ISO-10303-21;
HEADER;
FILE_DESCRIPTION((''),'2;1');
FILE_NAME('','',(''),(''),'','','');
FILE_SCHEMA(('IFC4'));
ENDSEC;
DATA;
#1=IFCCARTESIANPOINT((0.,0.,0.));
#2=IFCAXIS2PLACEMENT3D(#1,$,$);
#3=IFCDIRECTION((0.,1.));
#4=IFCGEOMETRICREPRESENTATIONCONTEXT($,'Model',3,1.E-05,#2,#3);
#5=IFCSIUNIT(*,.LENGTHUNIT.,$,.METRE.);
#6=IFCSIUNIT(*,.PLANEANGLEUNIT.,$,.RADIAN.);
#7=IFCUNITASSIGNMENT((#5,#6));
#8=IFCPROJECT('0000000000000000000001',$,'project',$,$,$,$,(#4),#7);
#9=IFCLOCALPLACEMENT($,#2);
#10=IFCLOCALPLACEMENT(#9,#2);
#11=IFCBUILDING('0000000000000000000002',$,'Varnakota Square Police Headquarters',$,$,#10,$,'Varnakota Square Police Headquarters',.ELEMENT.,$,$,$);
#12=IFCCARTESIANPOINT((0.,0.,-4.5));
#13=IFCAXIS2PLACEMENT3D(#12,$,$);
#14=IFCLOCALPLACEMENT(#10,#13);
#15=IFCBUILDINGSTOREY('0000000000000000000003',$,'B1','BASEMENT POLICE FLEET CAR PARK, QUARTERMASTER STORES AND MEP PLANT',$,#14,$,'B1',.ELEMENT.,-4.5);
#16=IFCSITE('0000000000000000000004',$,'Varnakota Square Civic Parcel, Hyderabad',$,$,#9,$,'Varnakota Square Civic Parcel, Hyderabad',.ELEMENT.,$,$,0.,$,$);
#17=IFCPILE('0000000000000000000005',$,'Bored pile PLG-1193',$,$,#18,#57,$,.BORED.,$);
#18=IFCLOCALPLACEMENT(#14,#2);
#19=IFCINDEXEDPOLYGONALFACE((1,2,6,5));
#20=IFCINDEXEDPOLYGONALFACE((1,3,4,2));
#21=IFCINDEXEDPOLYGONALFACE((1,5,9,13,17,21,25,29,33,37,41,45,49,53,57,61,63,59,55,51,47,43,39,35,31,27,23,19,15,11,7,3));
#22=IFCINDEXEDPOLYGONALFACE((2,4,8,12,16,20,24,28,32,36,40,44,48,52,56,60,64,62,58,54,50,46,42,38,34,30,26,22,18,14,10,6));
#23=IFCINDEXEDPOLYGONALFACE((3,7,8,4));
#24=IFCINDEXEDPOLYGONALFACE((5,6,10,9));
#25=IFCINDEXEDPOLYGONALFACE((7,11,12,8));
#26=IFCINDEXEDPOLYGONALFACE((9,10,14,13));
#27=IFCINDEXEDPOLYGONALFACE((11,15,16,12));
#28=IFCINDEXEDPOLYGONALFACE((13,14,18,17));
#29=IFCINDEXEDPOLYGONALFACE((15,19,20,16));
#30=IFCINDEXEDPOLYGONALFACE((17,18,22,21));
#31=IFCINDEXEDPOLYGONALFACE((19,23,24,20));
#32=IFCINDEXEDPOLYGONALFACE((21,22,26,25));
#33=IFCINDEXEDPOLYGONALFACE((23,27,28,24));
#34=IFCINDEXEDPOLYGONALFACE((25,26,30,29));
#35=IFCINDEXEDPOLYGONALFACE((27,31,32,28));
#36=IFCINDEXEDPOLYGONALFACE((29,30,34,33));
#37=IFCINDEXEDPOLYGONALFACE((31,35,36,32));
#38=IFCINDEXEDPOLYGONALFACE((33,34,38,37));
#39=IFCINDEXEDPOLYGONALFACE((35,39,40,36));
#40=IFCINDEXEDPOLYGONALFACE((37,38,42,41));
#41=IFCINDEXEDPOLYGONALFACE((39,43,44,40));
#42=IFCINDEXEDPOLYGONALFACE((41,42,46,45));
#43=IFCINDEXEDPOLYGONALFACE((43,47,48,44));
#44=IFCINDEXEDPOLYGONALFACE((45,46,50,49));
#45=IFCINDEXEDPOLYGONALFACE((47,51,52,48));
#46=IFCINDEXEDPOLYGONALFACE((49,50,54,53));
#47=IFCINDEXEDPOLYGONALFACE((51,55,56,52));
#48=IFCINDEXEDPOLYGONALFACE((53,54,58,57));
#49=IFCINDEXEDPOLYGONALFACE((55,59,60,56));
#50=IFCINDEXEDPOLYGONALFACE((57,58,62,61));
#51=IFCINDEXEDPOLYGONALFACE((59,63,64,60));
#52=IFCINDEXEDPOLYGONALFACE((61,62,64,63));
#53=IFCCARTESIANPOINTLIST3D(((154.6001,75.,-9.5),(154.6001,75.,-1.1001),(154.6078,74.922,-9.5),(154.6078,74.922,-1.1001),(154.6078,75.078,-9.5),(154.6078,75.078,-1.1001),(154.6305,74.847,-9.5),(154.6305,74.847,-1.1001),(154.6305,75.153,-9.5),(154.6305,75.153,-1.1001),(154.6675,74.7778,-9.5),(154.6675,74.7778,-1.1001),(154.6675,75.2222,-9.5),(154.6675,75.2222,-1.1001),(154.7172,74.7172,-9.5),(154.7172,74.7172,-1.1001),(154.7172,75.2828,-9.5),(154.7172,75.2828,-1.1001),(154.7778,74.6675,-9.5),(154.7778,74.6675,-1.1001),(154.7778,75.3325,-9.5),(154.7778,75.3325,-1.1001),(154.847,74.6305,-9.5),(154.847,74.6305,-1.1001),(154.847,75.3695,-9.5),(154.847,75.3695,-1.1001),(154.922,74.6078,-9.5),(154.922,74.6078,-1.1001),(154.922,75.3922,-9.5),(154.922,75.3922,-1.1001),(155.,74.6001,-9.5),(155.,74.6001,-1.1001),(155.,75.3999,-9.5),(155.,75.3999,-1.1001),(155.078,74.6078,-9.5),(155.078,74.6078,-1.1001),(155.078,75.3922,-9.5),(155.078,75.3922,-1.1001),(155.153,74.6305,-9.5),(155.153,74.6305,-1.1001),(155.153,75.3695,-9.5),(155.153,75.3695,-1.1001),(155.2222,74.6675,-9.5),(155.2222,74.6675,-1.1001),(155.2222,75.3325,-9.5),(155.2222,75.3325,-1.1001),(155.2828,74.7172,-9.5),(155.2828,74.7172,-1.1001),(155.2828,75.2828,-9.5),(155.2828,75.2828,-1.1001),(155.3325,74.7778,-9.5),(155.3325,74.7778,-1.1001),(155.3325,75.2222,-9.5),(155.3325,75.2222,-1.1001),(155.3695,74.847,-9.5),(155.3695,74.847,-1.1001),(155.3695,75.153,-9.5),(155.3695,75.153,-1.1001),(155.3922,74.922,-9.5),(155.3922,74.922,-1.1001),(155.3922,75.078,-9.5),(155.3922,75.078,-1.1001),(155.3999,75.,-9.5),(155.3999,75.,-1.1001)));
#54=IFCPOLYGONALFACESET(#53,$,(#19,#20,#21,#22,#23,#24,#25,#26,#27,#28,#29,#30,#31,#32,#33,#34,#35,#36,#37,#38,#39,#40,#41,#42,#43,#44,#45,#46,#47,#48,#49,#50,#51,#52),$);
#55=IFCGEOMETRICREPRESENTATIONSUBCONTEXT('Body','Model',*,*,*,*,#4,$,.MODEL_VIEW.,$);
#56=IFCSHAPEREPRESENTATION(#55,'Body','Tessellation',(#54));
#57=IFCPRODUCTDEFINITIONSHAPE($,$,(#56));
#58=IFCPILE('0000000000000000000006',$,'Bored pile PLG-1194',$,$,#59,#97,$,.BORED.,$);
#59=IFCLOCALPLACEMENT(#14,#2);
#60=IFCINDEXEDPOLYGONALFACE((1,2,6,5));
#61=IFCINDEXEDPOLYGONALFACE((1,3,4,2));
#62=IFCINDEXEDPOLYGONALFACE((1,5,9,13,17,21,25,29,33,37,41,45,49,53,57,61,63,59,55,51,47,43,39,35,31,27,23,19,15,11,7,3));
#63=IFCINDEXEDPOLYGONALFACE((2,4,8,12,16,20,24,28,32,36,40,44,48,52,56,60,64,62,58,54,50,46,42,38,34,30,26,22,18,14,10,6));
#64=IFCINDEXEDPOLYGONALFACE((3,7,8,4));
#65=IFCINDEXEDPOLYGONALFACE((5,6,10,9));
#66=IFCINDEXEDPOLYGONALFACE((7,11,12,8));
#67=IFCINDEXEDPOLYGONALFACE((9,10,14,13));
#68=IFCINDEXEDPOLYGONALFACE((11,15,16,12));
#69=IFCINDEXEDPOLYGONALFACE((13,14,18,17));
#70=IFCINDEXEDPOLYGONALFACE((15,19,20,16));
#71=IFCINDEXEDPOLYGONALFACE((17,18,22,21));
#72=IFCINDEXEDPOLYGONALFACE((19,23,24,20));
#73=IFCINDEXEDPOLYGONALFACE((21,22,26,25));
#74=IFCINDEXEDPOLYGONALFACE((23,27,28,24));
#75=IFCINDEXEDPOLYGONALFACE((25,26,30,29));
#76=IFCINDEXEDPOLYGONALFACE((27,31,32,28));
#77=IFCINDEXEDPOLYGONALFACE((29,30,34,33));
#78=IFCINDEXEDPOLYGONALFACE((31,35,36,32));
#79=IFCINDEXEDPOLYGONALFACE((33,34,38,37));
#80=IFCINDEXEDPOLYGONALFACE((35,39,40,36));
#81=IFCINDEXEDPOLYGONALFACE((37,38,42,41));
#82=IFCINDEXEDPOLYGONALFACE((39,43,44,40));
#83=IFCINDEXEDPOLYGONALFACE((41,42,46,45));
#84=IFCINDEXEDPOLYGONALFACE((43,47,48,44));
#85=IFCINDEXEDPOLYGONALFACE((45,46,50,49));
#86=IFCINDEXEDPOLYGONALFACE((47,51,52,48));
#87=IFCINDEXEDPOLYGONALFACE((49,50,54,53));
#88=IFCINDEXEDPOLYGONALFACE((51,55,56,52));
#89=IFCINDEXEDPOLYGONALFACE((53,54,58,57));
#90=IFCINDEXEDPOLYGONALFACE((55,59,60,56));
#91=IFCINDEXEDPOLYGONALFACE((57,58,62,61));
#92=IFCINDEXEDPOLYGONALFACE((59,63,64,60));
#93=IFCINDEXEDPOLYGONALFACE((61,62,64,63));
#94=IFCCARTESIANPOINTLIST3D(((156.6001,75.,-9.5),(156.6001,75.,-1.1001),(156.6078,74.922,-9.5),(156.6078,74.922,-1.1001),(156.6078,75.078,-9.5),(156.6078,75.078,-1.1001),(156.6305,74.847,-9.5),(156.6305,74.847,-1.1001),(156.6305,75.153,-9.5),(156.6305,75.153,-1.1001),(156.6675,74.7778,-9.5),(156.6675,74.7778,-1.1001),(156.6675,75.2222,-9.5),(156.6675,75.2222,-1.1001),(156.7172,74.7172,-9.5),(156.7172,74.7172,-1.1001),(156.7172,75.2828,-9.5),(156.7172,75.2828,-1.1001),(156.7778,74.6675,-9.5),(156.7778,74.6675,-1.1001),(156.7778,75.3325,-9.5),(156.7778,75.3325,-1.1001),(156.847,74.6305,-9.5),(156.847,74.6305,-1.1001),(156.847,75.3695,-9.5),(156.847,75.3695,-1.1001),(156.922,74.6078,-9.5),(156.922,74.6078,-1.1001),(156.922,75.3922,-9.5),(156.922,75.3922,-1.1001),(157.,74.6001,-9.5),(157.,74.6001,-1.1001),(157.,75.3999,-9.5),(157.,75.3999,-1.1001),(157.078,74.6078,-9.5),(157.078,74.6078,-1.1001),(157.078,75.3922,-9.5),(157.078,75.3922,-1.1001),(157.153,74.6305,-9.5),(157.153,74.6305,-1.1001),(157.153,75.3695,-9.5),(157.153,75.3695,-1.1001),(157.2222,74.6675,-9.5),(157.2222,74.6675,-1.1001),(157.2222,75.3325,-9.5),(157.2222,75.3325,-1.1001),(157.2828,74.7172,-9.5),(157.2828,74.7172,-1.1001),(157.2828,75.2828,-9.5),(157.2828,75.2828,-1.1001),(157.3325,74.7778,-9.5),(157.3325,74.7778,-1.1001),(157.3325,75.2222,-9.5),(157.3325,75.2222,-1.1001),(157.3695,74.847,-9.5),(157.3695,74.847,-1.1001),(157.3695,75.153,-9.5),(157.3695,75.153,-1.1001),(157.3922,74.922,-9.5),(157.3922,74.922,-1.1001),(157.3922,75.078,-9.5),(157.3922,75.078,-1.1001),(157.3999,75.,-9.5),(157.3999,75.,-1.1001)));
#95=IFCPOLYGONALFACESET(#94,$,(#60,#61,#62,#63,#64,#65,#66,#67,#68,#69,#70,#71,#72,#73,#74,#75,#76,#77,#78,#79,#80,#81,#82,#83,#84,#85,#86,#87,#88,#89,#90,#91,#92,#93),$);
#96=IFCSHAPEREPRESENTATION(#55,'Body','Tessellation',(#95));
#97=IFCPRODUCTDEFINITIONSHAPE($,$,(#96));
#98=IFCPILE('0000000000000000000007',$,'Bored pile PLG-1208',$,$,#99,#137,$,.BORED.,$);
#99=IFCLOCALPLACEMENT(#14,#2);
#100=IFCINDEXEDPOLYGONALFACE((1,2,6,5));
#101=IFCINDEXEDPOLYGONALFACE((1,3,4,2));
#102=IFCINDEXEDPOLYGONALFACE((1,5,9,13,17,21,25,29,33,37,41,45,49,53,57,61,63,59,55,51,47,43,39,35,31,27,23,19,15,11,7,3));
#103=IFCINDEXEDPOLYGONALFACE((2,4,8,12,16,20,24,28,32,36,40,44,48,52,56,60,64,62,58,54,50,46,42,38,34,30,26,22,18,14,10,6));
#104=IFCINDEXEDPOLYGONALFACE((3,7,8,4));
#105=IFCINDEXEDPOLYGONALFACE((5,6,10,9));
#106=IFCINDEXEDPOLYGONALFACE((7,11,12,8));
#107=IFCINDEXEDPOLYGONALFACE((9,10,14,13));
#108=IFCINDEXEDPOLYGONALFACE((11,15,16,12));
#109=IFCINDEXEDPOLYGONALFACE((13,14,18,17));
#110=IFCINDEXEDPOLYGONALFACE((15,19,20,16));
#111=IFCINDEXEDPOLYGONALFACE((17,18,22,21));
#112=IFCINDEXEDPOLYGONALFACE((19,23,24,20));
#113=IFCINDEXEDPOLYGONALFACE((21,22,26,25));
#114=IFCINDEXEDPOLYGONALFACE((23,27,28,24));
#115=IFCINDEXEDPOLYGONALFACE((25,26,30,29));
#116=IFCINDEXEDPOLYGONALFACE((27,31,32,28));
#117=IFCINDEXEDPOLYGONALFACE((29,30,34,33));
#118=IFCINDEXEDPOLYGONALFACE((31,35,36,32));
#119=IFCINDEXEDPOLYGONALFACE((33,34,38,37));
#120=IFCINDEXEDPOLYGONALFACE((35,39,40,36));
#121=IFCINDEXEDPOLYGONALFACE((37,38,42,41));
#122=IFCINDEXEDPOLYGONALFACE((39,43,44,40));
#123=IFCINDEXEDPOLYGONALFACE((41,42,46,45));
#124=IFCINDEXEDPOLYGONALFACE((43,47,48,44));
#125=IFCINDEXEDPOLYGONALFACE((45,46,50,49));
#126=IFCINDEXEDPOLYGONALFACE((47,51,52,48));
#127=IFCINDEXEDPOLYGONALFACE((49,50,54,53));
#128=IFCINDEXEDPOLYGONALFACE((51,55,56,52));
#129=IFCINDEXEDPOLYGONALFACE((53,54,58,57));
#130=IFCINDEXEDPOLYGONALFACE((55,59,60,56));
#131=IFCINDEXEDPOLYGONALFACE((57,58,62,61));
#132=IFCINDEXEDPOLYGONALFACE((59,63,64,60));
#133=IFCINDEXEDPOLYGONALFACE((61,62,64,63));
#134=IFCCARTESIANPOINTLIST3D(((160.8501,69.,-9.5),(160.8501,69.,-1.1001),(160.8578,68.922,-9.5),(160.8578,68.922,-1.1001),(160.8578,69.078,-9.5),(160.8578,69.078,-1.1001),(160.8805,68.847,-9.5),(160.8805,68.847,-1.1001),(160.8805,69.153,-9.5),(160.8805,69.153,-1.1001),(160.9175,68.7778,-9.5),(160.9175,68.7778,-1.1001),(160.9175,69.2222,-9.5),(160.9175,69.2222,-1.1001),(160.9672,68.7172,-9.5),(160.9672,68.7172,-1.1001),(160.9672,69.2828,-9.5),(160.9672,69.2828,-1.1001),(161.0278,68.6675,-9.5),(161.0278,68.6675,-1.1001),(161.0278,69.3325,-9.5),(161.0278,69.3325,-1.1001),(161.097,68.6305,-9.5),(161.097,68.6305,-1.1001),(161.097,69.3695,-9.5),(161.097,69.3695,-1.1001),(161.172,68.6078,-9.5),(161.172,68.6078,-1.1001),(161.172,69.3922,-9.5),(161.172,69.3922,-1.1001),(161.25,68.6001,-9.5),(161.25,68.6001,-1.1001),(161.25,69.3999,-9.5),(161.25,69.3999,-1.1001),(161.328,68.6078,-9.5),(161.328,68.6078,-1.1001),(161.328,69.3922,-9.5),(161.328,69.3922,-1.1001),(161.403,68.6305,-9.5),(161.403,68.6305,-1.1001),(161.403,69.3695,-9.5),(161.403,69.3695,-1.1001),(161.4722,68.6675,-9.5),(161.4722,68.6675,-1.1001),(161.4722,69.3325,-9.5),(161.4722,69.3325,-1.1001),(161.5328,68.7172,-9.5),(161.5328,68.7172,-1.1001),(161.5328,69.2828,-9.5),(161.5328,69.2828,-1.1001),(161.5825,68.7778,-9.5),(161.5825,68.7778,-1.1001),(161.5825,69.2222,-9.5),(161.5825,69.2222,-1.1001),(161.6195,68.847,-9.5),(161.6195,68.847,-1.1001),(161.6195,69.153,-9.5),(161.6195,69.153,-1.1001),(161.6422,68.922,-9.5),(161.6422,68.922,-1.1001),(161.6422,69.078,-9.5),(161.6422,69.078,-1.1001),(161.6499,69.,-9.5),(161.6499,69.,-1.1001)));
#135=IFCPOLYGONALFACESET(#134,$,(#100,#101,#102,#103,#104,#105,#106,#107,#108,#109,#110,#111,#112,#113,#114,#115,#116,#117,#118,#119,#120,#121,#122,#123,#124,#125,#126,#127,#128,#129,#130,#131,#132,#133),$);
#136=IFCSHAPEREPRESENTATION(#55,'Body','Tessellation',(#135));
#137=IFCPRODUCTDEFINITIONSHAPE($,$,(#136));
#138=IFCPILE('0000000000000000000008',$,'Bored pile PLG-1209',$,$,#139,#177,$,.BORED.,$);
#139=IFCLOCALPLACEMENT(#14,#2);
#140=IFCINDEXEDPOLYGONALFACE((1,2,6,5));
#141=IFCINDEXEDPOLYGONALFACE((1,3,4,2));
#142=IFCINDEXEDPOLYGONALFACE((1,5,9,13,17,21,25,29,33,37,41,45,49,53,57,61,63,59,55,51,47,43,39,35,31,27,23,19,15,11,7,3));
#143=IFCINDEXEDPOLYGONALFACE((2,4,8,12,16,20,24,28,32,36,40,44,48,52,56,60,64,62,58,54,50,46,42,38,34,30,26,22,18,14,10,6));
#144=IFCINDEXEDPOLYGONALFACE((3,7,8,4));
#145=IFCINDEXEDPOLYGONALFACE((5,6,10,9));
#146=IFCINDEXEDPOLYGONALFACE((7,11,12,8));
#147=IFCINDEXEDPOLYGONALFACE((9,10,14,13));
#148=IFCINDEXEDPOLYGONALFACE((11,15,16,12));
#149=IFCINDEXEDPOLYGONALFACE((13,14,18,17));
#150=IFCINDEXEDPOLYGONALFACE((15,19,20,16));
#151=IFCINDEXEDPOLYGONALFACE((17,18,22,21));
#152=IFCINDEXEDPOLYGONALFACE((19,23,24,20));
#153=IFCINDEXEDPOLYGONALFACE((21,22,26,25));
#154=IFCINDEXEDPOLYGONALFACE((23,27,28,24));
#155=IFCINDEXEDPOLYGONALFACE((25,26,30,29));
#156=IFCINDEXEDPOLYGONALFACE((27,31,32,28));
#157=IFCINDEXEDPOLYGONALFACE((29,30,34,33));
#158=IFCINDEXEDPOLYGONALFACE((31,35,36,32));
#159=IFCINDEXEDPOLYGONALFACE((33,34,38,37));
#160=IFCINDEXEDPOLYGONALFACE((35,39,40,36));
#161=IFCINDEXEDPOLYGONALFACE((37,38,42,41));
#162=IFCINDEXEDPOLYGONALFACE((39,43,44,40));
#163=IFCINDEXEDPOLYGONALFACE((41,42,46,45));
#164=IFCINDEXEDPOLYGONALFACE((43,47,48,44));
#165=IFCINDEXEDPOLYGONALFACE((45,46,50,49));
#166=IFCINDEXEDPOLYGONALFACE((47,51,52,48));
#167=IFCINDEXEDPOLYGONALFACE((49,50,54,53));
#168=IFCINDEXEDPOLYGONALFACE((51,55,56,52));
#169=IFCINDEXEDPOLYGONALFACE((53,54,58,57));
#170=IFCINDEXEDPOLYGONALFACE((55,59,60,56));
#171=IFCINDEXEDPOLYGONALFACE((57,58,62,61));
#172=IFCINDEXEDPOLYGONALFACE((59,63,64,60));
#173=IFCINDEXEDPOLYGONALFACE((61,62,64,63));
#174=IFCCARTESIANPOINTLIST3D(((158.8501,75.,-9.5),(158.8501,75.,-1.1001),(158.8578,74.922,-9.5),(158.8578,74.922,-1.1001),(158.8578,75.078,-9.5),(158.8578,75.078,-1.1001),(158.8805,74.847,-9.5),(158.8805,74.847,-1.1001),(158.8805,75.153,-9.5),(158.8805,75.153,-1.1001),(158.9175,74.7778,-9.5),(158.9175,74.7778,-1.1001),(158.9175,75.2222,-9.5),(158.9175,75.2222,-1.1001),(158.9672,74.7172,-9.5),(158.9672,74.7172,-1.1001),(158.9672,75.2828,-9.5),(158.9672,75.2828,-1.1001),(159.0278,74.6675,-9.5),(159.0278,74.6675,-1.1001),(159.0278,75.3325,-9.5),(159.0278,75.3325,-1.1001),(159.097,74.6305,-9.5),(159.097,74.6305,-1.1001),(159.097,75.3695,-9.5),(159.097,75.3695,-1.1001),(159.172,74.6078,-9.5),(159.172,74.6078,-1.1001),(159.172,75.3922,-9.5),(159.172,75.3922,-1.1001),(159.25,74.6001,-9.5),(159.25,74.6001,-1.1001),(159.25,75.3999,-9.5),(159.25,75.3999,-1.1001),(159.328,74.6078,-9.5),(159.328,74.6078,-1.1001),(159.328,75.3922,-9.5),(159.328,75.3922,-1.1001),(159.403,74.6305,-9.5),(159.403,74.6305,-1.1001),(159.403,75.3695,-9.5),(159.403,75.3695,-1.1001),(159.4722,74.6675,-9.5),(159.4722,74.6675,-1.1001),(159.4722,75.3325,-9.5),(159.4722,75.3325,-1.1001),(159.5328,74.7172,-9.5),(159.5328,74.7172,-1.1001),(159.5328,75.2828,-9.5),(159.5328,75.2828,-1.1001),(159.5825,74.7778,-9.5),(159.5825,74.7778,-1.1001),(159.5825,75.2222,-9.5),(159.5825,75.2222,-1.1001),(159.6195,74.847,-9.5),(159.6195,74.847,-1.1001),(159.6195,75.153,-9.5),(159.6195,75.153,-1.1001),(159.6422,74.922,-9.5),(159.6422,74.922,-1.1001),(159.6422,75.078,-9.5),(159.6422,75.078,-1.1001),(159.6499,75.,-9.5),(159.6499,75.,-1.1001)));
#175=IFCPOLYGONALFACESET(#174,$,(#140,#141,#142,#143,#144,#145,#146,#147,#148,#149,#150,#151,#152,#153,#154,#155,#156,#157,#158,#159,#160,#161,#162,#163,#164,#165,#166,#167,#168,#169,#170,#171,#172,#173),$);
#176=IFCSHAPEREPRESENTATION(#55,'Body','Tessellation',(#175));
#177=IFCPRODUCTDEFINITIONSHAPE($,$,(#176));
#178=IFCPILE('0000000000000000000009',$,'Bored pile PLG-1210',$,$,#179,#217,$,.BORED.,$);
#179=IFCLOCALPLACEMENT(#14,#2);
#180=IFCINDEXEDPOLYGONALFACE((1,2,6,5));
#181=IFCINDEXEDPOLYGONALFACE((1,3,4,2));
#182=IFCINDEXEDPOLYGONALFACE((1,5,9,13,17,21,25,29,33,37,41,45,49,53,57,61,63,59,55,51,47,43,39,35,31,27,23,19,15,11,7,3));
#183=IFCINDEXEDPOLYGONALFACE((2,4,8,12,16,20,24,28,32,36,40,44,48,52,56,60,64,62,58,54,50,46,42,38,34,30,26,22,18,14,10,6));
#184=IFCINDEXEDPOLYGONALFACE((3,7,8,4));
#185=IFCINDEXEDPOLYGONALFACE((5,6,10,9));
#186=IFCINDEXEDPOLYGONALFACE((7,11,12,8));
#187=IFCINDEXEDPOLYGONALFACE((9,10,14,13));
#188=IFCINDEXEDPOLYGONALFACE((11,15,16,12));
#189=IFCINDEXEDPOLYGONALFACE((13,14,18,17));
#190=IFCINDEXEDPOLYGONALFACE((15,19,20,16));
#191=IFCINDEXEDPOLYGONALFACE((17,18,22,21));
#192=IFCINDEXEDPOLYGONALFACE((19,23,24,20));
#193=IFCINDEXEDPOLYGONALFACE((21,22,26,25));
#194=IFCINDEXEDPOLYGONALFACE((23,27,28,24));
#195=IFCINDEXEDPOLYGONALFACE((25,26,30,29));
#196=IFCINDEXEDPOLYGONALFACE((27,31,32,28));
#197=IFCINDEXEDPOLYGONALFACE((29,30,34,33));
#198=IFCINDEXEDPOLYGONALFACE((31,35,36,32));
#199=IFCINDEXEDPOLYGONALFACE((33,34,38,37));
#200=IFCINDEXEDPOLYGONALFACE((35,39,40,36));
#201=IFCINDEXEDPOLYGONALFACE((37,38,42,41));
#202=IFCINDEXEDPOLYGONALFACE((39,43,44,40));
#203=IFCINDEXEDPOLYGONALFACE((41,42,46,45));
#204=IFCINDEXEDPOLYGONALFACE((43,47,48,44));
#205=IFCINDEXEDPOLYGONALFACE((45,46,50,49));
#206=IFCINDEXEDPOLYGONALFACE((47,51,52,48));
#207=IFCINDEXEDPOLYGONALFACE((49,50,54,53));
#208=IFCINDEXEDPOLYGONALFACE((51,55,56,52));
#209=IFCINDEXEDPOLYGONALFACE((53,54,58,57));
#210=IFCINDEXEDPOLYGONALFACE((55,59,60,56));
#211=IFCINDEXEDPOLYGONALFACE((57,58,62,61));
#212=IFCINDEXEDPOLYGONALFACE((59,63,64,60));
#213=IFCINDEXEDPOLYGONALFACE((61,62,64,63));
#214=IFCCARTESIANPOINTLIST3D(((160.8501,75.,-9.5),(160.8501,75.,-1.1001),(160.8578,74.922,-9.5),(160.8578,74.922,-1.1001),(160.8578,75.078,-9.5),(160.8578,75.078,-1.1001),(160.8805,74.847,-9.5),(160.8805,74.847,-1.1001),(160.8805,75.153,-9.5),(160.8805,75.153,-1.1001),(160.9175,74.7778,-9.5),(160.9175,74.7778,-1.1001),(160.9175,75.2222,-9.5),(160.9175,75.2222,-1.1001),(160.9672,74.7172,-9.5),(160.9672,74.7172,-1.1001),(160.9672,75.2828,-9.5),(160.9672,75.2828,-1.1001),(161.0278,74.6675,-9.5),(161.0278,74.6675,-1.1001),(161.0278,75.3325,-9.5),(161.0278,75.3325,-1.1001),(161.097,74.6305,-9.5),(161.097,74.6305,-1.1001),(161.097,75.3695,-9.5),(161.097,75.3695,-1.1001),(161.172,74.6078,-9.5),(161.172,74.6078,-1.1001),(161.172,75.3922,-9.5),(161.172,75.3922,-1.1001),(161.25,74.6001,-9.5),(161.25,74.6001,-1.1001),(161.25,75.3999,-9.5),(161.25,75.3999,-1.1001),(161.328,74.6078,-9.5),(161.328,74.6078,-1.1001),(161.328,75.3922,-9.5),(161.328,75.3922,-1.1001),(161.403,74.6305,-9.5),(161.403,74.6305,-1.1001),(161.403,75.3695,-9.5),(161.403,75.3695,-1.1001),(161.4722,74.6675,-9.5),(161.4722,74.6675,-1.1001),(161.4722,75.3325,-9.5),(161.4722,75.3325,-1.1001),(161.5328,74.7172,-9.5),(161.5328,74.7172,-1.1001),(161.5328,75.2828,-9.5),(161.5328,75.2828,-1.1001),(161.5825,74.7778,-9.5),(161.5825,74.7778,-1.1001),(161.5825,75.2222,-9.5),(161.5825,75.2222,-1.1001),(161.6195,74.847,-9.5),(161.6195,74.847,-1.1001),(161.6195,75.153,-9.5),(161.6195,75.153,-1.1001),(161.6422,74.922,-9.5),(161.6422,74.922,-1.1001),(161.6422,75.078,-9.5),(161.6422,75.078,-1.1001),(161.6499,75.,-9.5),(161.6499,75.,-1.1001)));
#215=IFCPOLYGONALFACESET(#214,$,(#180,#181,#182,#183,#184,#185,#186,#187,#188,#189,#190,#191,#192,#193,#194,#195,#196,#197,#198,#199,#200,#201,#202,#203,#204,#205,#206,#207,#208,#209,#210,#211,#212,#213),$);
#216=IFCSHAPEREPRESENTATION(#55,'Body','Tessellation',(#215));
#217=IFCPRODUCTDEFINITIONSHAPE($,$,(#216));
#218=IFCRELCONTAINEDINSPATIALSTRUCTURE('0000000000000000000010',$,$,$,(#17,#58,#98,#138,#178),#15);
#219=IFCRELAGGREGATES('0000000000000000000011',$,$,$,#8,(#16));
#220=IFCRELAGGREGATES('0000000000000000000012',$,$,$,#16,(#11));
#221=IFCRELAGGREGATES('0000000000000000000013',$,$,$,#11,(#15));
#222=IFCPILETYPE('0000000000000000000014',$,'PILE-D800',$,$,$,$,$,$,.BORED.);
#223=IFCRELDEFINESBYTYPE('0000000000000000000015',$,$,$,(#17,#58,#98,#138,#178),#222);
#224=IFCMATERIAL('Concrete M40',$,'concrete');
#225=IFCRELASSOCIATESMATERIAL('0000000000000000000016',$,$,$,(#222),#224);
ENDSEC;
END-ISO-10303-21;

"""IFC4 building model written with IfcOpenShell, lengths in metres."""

from ifc_helpers import new_model, si_unit, direction, frame, origin, origin_2d, place, context, subcontext, project, spatial, circle, extrude, material, material_profile, profile_set, type_object, element, save


model = new_model("IFC4")

# Units and contexts
model_context = context("Model", 3, precision=1e-05, world=origin(), true_north=direction((0.0, 1.0)))
body_context = subcontext(model_context, "Body", "Model", "MODEL_VIEW")
ifc_project = project(units=[si_unit("LENGTHUNIT", "METRE"), si_unit("PLANEANGLEUNIT", "RADIAN")], contexts=[model_context])

# Site, building, storey
site_placement = place(None, origin())
site = spatial("IfcSite", under=ifc_project, at=site_placement, Name="Varnakota Square Civic Parcel, Hyderabad", LongName="Varnakota Square Civic Parcel, Hyderabad", CompositionType="ELEMENT", RefElevation=0.0)
building_placement = place(site_placement, origin())
building = spatial("IfcBuilding", under=site, at=building_placement, Name="Varnakota Square Police Headquarters", LongName="Varnakota Square Police Headquarters", CompositionType="ELEMENT")
storey_placement = place(building_placement, frame((0.0, 0.0, -4.5)))
storey = spatial("IfcBuildingStorey", under=building, at=storey_placement, Name="B1", Description="BASEMENT POLICE FLEET CAR PARK, QUARTERMASTER STORES AND MEP PLANT", LongName="B1", CompositionType="ELEMENT", Elevation=-4.5)

# Shared definitions
ifc_material_1 = material(Name="Concrete M40", Category="concrete")

# Piles
ifc_material_profile_1 = material_profile(ifc_material_1, circle(Radius=0.3999, at=origin_2d()), Name="BORED PILE 800")
ifc_profile_set_1 = profile_set([ifc_material_profile_1], Name="Concrete M40")
pile_type = type_object("IfcPileType", Name="PILE-D800", PredefinedType="BORED", material=ifc_profile_set_1)
for number, where, z_axis, x_axis, name in (
    (1, (155.0, 75.0, -1.1001), (0.0, 0.0, -1.0), (1.0, 0.0, 0.0), "Bored pile PLG-1193"),
    (2, (157.0, 75.0, -1.1001), (0.0, 0.0, -1.0), (1.0, 0.0, 0.0), "Bored pile PLG-1194"),
    (3, (161.25, 69.0, -1.1001), (0.0, 0.0, -1.0), (1.0, 0.0, 0.0), "Bored pile PLG-1208"),
    (4, (159.25, 75.0, -1.1001), (0.0, 0.0, -1.0), (1.0, 0.0, 0.0), "Bored pile PLG-1209"),
    (5, (161.25, 75.0, -1.1001), (0.0, 0.0, -1.0), (1.0, 0.0, 0.0), "Bored pile PLG-1210"),
):
    element("IfcPile", number, at=place(storey_placement, frame(where, z_axis=z_axis, x_axis=x_axis)), inside=storey, type_object=pile_type, Name=name, PredefinedType="BORED", context=body_context, shape_type="SweptSolid", body=[
        extrude(circle(Radius=0.3999, at=origin_2d()), origin(), (0.0, 0.0, 1.0), 8.3999),
    ])

save(model, "model.ifc")
